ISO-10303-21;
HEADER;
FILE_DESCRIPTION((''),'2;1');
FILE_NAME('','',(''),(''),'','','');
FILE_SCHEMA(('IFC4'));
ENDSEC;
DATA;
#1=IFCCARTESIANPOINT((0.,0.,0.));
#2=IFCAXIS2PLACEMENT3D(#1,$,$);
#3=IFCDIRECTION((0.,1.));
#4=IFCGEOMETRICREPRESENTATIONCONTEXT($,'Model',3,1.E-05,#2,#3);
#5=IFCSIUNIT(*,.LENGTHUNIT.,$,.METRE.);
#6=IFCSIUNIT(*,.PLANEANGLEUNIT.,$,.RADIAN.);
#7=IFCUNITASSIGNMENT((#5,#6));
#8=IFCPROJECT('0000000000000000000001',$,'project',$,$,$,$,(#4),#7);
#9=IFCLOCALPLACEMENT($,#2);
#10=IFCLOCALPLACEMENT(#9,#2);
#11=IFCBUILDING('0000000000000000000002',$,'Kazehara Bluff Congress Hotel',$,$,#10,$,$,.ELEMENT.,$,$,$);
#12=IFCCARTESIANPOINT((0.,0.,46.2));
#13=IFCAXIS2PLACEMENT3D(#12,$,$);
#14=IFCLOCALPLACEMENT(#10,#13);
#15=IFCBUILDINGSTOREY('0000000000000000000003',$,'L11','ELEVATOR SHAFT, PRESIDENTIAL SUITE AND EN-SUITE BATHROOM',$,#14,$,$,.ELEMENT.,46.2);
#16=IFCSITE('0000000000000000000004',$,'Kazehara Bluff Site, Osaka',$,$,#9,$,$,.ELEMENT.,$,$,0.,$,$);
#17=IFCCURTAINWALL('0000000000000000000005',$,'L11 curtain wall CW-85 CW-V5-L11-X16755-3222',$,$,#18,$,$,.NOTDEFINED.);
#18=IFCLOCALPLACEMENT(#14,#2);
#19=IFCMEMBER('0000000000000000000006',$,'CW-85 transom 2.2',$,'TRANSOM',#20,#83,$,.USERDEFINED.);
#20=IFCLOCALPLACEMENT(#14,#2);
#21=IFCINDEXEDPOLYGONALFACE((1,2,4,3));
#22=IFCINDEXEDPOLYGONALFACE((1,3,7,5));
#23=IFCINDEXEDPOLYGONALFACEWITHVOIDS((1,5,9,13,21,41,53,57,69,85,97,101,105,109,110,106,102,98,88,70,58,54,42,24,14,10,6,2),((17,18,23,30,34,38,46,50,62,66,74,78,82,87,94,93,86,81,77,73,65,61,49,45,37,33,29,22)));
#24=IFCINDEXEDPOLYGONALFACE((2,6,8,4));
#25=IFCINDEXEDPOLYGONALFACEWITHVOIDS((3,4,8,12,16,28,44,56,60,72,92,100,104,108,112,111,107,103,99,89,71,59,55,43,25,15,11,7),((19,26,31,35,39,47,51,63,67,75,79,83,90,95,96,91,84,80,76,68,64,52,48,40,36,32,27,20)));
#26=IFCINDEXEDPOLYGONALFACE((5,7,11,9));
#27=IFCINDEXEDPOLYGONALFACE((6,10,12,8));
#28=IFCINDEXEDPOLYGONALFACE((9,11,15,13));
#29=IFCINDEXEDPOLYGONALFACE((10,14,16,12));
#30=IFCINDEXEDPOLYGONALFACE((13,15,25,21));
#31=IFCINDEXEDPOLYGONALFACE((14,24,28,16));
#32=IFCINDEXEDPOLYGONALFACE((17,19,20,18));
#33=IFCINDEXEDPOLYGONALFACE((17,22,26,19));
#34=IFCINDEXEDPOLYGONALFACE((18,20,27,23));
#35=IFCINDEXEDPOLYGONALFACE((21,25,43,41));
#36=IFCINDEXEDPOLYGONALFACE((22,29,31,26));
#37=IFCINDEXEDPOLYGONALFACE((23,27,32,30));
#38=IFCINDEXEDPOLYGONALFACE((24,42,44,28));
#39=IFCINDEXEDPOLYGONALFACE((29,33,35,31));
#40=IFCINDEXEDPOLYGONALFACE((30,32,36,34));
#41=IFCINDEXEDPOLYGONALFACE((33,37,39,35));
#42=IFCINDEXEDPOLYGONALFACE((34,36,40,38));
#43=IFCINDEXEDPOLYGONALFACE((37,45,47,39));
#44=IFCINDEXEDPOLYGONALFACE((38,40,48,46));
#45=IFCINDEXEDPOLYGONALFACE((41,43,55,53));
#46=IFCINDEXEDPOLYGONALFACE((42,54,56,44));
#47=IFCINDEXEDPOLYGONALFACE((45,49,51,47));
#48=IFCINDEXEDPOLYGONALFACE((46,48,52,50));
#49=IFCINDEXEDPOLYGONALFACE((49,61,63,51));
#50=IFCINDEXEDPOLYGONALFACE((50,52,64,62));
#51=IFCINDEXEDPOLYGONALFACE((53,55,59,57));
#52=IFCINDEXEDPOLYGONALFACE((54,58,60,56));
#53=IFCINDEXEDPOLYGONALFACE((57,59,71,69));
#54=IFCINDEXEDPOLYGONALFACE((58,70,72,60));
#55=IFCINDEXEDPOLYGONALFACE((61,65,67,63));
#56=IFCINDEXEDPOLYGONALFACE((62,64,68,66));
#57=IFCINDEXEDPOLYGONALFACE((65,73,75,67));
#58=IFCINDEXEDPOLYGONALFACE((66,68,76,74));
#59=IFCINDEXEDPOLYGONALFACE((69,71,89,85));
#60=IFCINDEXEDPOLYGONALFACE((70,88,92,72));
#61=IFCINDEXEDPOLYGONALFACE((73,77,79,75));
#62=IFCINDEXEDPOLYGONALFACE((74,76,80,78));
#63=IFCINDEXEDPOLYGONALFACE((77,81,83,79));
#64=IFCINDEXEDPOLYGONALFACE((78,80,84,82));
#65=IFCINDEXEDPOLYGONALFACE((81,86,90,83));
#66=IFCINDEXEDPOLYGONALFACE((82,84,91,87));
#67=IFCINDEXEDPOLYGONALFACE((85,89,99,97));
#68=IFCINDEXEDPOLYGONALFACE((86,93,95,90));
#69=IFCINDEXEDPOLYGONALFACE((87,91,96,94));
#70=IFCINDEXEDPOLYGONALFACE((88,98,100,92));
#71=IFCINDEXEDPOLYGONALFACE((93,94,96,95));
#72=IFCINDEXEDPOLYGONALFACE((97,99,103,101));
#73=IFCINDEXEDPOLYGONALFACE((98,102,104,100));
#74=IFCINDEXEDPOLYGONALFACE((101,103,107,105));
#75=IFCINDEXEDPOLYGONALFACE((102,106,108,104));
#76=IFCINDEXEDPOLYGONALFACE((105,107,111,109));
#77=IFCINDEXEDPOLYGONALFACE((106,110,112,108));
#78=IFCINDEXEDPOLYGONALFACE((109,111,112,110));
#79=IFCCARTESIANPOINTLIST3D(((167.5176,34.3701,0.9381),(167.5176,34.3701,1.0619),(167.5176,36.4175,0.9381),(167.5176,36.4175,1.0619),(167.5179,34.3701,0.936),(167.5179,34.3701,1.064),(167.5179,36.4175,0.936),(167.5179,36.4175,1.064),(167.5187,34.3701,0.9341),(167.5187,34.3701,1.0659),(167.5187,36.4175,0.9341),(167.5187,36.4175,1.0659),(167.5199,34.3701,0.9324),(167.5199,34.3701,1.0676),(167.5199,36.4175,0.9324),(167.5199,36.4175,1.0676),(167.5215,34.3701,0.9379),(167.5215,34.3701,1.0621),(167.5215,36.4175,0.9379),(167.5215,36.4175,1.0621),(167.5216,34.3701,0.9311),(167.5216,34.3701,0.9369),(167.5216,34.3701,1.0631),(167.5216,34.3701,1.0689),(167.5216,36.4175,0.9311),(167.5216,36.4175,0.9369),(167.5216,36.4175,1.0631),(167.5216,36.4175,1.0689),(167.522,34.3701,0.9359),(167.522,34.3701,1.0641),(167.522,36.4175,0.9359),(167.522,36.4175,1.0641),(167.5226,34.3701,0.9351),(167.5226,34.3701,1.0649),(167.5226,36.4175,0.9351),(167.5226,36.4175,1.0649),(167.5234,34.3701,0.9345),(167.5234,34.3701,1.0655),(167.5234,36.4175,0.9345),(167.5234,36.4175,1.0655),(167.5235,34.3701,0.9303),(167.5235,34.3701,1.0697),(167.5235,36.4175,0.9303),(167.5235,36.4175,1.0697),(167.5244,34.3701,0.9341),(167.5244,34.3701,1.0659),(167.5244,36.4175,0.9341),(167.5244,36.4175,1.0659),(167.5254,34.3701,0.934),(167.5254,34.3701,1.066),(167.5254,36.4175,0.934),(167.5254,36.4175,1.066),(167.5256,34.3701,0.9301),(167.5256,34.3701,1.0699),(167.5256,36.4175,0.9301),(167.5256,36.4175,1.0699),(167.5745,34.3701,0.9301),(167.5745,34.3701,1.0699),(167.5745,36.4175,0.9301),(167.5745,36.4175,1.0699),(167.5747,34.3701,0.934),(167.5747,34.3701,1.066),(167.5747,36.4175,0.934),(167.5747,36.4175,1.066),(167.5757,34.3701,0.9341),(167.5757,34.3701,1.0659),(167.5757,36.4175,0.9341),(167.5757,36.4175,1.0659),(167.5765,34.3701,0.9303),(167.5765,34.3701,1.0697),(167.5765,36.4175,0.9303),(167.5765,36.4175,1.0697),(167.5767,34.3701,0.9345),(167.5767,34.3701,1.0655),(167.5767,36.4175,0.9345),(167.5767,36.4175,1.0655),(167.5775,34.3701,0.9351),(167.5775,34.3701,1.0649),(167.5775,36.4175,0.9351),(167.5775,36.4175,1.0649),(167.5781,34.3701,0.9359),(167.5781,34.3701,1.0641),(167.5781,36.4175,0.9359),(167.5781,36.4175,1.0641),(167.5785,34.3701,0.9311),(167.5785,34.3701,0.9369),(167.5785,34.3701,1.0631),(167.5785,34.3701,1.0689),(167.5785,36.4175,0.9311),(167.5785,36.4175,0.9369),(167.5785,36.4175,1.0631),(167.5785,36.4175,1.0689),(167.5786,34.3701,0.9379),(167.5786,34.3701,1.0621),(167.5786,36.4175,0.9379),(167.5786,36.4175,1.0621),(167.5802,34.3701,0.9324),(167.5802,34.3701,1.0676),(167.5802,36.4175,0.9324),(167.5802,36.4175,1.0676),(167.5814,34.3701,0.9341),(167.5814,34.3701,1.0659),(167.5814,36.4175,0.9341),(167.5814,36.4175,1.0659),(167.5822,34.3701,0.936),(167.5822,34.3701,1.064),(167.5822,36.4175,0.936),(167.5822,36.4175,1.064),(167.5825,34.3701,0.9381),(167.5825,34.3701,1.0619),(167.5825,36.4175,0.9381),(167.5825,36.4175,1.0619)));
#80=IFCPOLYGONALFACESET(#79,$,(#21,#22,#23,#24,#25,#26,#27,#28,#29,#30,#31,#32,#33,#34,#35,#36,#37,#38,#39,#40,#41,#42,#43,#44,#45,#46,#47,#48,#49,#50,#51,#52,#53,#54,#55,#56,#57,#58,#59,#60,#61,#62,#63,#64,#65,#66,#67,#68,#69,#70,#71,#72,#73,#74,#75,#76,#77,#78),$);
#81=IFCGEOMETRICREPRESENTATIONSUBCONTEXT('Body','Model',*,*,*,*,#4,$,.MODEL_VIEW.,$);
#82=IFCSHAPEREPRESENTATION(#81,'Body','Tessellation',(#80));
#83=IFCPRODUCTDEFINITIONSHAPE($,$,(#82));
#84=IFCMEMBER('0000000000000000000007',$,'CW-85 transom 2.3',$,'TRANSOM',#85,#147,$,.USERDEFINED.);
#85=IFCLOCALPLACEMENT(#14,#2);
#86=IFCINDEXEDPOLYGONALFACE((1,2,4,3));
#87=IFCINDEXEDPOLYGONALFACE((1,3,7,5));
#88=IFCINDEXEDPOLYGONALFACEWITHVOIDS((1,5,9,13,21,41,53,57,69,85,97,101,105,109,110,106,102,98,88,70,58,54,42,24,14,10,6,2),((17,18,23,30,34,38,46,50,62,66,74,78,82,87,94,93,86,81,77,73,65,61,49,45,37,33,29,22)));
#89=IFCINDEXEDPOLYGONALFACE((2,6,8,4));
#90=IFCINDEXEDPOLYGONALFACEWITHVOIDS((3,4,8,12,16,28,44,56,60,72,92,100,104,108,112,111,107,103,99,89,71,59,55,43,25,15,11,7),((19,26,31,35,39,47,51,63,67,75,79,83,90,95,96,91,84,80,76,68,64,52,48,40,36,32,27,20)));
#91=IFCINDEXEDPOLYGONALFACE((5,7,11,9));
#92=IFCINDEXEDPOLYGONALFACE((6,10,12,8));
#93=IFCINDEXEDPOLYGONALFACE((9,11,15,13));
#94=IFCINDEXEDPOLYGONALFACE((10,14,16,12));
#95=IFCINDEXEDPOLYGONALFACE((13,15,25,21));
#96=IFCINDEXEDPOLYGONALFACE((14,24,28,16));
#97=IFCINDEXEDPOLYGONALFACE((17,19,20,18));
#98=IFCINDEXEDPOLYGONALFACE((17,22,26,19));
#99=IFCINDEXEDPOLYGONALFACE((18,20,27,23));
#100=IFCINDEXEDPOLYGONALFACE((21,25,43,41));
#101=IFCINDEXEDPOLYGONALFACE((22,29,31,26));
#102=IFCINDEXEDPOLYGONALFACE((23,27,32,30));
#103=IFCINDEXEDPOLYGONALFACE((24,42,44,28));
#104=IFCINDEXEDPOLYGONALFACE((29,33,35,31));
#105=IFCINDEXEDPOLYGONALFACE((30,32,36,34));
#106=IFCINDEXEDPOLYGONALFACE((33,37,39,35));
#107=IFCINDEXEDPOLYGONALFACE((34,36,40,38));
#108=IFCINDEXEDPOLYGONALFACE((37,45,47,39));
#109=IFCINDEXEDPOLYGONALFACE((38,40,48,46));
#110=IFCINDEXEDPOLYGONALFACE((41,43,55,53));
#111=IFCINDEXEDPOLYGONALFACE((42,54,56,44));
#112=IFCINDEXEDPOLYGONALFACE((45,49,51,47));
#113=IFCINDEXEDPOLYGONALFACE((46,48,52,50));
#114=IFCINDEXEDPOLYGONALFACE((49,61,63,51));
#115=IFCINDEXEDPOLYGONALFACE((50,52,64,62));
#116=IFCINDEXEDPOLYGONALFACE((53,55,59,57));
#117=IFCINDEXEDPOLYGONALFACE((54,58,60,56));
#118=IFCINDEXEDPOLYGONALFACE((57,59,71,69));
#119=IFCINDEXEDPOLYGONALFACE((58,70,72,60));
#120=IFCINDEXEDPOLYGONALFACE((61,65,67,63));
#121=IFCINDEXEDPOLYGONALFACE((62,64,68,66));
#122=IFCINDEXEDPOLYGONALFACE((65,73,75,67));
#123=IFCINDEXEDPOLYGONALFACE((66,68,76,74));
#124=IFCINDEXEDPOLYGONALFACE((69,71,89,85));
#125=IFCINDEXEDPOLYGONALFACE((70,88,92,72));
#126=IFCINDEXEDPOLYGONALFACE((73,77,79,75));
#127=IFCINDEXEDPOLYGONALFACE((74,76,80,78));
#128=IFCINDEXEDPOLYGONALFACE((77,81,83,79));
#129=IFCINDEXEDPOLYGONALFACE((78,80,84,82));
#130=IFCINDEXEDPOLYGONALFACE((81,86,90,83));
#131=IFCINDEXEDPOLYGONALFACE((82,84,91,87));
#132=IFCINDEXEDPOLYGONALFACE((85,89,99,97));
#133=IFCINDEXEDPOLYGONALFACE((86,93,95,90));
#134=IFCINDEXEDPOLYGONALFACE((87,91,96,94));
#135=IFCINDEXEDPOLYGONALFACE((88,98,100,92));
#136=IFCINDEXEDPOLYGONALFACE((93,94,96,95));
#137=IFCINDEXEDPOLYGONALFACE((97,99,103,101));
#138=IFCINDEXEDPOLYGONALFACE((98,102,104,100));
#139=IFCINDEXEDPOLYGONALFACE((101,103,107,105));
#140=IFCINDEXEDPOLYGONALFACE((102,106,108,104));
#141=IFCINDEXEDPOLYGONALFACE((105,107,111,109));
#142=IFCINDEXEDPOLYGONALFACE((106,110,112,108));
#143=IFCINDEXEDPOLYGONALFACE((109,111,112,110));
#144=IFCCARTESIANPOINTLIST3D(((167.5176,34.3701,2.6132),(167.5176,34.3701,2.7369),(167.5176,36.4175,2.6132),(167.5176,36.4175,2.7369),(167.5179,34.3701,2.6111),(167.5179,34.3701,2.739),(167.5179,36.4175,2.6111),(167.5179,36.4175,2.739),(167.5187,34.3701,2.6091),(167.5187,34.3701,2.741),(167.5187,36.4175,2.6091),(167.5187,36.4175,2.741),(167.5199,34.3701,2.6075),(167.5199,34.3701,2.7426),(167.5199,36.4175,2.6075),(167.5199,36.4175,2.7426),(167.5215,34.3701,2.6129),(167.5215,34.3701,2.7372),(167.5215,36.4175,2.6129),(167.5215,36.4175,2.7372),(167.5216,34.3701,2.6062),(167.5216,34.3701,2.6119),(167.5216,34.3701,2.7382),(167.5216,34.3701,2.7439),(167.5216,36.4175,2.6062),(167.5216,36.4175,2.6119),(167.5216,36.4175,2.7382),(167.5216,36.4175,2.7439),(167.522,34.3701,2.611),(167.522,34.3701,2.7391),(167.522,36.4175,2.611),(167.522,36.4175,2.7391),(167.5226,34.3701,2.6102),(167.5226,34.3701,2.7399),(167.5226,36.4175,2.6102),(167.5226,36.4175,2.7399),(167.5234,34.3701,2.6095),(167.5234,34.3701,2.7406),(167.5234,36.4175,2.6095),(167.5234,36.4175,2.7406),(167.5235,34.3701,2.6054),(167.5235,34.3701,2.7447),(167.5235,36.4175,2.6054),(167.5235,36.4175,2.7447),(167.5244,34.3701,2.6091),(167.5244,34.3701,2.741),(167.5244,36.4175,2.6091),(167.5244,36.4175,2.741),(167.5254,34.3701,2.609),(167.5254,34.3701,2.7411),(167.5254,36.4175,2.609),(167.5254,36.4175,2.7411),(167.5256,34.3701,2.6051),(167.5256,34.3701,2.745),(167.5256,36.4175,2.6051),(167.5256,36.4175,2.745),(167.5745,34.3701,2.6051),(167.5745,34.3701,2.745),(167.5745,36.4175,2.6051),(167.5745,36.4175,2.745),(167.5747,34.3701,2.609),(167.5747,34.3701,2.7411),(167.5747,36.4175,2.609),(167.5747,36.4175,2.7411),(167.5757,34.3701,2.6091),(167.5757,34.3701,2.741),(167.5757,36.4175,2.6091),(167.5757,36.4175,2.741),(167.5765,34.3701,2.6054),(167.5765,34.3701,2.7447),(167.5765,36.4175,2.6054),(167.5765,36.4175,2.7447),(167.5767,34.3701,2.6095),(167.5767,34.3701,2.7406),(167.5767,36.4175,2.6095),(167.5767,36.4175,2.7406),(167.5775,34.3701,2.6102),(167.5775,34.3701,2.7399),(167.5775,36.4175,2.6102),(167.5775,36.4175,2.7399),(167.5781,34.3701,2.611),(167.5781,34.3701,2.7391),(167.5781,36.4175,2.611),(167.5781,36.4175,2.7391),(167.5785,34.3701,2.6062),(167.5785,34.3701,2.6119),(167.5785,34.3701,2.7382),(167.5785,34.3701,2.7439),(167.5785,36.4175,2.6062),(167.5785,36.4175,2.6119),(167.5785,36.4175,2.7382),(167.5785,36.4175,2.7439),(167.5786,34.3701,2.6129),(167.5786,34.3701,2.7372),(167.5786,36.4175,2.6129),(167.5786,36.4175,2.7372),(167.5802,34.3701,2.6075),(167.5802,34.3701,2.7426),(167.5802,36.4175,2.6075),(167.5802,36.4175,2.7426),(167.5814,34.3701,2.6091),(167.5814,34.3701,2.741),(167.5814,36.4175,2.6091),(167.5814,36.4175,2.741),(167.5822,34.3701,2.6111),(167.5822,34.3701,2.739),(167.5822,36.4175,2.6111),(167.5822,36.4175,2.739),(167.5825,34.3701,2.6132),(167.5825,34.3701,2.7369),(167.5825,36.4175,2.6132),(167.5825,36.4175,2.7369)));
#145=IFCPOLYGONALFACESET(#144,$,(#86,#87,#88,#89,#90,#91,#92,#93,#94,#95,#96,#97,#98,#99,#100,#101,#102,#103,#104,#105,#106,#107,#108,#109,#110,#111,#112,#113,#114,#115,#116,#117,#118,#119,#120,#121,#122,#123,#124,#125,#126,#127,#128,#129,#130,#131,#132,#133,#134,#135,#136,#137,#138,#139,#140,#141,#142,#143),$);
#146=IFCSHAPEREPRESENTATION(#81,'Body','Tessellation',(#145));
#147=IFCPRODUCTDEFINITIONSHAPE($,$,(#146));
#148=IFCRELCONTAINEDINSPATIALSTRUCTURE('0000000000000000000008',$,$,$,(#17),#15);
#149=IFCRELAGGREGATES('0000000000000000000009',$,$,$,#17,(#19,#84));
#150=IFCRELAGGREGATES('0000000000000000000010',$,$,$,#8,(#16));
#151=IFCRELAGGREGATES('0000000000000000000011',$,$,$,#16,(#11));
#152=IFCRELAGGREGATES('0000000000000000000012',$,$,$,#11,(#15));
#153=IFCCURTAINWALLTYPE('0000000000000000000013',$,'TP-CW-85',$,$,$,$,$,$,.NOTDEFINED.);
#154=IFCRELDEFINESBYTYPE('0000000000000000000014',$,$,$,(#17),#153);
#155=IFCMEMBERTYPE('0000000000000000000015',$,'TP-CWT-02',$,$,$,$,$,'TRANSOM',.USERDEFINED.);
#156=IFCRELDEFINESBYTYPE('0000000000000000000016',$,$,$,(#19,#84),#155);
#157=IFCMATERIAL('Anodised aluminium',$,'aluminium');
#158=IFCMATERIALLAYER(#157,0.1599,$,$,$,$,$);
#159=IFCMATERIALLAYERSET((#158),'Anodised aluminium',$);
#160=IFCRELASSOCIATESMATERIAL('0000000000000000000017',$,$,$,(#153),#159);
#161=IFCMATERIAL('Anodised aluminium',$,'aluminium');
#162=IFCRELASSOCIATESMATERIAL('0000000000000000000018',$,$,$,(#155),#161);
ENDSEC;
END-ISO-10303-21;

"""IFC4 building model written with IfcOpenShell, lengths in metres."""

from ifc_helpers import new_model, si_unit, direction, frame, origin, origin_2d, place, context, subcontext, project, spatial, hollow_rectangle, extrude, material, layer, layer_set, material_profile, profile_set, type_object, element, aggregate, save


model = new_model("IFC4")

# Units and contexts
model_context = context("Model", 3, precision=1e-05, world=origin(), true_north=direction((0.0, 1.0)))
body_context = subcontext(model_context, "Body", "Model", "MODEL_VIEW")
ifc_project = project(units=[si_unit("LENGTHUNIT", "METRE"), si_unit("PLANEANGLEUNIT", "RADIAN")], contexts=[model_context])

# Site, building, storey
site_placement = place(None, origin())
site = spatial("IfcSite", under=ifc_project, at=site_placement, Name="Kazehara Bluff Site, Osaka", CompositionType="ELEMENT", RefElevation=0.0)
building_placement = place(site_placement, origin())
building = spatial("IfcBuilding", under=site, at=building_placement, Name="Kazehara Bluff Congress Hotel", CompositionType="ELEMENT")
storey_placement = place(building_placement, frame((0.0, 0.0, 46.2)))
storey = spatial("IfcBuildingStorey", under=building, at=storey_placement, Name="L11", Description="ELEVATOR SHAFT, PRESIDENTIAL SUITE AND EN-SUITE BATHROOM", CompositionType="ELEMENT", Elevation=46.2)

# Curtain wall, members
ifc_material_1 = material(Name="Anodised aluminium", Category="aluminium")
ifc_layer_1 = layer(ifc_material_1, 0.1599)
ifc_layer_set_1 = layer_set([ifc_layer_1], Name="Anodised aluminium")
curtain_wall_type = type_object("IfcCurtainWallType", Name="TP-CW-85", PredefinedType="NOTDEFINED", material=ifc_layer_set_1)
curtain_wall_placement = place(storey_placement, origin())
curtain_wall = element("IfcCurtainWall", 1, at=curtain_wall_placement, inside=storey, type_object=curtain_wall_type, Name="L11 curtain wall CW-85 CW-V5-L11-X16755-3222", PredefinedType="NOTDEFINED")
ifc_material_2 = material(Name="Anodised aluminium", Category="aluminium")
ifc_material_profile_1 = material_profile(ifc_material_2, hollow_rectangle(XDim=0.0649, YDim=0.1399, WallThickness=0.0039, InnerFilletRadius=0.0039, OuterFilletRadius=0.0081, at=origin_2d()))
ifc_profile_set_1 = profile_set([ifc_material_profile_1], Name="Anodised aluminium")
member_type_1 = type_object("IfcMemberType", Name="TP-CWT-02", ElementType="TRANSOM", PredefinedType="USERDEFINED", material=ifc_profile_set_1)
member_1_placement = place(storey_placement, frame((167.55, 34.3701, 1.0), z_axis=(0.0, 1.0, 0.0), x_axis=(-1.0, 0.0, 0.0)))
member_1 = element("IfcMember", 2, at=member_1_placement, type_object=member_type_1, Name="CW-85 transom 2.2", ObjectType="TRANSOM", PredefinedType="USERDEFINED", context=body_context, shape_type="SweptSolid", body=[
    extrude(hollow_rectangle(XDim=0.0649, YDim=0.1399, WallThickness=0.0039, InnerFilletRadius=0.0039, OuterFilletRadius=0.0081, at=origin_2d()), origin(), (0.0, 0.0, 1.0), 2.0474),
])
member_2_placement = place(storey_placement, frame((167.55, 34.3701, 2.675), z_axis=(0.0, 1.0, 0.0), x_axis=(-1.0, 0.0, 0.0)))
member_2 = element("IfcMember", 3, at=member_2_placement, type_object=member_type_1, Name="CW-85 transom 2.3", ObjectType="TRANSOM", PredefinedType="USERDEFINED", context=body_context, shape_type="SweptSolid", body=[
    extrude(hollow_rectangle(XDim=0.0649, YDim=0.1399, WallThickness=0.0039, InnerFilletRadius=0.0039, OuterFilletRadius=0.0081, at=origin_2d()), origin(), (0.0, 0.0, 1.0), 2.0474),
])

aggregate(curtain_wall, [member_1, member_2])

save(model, "model.ifc")
